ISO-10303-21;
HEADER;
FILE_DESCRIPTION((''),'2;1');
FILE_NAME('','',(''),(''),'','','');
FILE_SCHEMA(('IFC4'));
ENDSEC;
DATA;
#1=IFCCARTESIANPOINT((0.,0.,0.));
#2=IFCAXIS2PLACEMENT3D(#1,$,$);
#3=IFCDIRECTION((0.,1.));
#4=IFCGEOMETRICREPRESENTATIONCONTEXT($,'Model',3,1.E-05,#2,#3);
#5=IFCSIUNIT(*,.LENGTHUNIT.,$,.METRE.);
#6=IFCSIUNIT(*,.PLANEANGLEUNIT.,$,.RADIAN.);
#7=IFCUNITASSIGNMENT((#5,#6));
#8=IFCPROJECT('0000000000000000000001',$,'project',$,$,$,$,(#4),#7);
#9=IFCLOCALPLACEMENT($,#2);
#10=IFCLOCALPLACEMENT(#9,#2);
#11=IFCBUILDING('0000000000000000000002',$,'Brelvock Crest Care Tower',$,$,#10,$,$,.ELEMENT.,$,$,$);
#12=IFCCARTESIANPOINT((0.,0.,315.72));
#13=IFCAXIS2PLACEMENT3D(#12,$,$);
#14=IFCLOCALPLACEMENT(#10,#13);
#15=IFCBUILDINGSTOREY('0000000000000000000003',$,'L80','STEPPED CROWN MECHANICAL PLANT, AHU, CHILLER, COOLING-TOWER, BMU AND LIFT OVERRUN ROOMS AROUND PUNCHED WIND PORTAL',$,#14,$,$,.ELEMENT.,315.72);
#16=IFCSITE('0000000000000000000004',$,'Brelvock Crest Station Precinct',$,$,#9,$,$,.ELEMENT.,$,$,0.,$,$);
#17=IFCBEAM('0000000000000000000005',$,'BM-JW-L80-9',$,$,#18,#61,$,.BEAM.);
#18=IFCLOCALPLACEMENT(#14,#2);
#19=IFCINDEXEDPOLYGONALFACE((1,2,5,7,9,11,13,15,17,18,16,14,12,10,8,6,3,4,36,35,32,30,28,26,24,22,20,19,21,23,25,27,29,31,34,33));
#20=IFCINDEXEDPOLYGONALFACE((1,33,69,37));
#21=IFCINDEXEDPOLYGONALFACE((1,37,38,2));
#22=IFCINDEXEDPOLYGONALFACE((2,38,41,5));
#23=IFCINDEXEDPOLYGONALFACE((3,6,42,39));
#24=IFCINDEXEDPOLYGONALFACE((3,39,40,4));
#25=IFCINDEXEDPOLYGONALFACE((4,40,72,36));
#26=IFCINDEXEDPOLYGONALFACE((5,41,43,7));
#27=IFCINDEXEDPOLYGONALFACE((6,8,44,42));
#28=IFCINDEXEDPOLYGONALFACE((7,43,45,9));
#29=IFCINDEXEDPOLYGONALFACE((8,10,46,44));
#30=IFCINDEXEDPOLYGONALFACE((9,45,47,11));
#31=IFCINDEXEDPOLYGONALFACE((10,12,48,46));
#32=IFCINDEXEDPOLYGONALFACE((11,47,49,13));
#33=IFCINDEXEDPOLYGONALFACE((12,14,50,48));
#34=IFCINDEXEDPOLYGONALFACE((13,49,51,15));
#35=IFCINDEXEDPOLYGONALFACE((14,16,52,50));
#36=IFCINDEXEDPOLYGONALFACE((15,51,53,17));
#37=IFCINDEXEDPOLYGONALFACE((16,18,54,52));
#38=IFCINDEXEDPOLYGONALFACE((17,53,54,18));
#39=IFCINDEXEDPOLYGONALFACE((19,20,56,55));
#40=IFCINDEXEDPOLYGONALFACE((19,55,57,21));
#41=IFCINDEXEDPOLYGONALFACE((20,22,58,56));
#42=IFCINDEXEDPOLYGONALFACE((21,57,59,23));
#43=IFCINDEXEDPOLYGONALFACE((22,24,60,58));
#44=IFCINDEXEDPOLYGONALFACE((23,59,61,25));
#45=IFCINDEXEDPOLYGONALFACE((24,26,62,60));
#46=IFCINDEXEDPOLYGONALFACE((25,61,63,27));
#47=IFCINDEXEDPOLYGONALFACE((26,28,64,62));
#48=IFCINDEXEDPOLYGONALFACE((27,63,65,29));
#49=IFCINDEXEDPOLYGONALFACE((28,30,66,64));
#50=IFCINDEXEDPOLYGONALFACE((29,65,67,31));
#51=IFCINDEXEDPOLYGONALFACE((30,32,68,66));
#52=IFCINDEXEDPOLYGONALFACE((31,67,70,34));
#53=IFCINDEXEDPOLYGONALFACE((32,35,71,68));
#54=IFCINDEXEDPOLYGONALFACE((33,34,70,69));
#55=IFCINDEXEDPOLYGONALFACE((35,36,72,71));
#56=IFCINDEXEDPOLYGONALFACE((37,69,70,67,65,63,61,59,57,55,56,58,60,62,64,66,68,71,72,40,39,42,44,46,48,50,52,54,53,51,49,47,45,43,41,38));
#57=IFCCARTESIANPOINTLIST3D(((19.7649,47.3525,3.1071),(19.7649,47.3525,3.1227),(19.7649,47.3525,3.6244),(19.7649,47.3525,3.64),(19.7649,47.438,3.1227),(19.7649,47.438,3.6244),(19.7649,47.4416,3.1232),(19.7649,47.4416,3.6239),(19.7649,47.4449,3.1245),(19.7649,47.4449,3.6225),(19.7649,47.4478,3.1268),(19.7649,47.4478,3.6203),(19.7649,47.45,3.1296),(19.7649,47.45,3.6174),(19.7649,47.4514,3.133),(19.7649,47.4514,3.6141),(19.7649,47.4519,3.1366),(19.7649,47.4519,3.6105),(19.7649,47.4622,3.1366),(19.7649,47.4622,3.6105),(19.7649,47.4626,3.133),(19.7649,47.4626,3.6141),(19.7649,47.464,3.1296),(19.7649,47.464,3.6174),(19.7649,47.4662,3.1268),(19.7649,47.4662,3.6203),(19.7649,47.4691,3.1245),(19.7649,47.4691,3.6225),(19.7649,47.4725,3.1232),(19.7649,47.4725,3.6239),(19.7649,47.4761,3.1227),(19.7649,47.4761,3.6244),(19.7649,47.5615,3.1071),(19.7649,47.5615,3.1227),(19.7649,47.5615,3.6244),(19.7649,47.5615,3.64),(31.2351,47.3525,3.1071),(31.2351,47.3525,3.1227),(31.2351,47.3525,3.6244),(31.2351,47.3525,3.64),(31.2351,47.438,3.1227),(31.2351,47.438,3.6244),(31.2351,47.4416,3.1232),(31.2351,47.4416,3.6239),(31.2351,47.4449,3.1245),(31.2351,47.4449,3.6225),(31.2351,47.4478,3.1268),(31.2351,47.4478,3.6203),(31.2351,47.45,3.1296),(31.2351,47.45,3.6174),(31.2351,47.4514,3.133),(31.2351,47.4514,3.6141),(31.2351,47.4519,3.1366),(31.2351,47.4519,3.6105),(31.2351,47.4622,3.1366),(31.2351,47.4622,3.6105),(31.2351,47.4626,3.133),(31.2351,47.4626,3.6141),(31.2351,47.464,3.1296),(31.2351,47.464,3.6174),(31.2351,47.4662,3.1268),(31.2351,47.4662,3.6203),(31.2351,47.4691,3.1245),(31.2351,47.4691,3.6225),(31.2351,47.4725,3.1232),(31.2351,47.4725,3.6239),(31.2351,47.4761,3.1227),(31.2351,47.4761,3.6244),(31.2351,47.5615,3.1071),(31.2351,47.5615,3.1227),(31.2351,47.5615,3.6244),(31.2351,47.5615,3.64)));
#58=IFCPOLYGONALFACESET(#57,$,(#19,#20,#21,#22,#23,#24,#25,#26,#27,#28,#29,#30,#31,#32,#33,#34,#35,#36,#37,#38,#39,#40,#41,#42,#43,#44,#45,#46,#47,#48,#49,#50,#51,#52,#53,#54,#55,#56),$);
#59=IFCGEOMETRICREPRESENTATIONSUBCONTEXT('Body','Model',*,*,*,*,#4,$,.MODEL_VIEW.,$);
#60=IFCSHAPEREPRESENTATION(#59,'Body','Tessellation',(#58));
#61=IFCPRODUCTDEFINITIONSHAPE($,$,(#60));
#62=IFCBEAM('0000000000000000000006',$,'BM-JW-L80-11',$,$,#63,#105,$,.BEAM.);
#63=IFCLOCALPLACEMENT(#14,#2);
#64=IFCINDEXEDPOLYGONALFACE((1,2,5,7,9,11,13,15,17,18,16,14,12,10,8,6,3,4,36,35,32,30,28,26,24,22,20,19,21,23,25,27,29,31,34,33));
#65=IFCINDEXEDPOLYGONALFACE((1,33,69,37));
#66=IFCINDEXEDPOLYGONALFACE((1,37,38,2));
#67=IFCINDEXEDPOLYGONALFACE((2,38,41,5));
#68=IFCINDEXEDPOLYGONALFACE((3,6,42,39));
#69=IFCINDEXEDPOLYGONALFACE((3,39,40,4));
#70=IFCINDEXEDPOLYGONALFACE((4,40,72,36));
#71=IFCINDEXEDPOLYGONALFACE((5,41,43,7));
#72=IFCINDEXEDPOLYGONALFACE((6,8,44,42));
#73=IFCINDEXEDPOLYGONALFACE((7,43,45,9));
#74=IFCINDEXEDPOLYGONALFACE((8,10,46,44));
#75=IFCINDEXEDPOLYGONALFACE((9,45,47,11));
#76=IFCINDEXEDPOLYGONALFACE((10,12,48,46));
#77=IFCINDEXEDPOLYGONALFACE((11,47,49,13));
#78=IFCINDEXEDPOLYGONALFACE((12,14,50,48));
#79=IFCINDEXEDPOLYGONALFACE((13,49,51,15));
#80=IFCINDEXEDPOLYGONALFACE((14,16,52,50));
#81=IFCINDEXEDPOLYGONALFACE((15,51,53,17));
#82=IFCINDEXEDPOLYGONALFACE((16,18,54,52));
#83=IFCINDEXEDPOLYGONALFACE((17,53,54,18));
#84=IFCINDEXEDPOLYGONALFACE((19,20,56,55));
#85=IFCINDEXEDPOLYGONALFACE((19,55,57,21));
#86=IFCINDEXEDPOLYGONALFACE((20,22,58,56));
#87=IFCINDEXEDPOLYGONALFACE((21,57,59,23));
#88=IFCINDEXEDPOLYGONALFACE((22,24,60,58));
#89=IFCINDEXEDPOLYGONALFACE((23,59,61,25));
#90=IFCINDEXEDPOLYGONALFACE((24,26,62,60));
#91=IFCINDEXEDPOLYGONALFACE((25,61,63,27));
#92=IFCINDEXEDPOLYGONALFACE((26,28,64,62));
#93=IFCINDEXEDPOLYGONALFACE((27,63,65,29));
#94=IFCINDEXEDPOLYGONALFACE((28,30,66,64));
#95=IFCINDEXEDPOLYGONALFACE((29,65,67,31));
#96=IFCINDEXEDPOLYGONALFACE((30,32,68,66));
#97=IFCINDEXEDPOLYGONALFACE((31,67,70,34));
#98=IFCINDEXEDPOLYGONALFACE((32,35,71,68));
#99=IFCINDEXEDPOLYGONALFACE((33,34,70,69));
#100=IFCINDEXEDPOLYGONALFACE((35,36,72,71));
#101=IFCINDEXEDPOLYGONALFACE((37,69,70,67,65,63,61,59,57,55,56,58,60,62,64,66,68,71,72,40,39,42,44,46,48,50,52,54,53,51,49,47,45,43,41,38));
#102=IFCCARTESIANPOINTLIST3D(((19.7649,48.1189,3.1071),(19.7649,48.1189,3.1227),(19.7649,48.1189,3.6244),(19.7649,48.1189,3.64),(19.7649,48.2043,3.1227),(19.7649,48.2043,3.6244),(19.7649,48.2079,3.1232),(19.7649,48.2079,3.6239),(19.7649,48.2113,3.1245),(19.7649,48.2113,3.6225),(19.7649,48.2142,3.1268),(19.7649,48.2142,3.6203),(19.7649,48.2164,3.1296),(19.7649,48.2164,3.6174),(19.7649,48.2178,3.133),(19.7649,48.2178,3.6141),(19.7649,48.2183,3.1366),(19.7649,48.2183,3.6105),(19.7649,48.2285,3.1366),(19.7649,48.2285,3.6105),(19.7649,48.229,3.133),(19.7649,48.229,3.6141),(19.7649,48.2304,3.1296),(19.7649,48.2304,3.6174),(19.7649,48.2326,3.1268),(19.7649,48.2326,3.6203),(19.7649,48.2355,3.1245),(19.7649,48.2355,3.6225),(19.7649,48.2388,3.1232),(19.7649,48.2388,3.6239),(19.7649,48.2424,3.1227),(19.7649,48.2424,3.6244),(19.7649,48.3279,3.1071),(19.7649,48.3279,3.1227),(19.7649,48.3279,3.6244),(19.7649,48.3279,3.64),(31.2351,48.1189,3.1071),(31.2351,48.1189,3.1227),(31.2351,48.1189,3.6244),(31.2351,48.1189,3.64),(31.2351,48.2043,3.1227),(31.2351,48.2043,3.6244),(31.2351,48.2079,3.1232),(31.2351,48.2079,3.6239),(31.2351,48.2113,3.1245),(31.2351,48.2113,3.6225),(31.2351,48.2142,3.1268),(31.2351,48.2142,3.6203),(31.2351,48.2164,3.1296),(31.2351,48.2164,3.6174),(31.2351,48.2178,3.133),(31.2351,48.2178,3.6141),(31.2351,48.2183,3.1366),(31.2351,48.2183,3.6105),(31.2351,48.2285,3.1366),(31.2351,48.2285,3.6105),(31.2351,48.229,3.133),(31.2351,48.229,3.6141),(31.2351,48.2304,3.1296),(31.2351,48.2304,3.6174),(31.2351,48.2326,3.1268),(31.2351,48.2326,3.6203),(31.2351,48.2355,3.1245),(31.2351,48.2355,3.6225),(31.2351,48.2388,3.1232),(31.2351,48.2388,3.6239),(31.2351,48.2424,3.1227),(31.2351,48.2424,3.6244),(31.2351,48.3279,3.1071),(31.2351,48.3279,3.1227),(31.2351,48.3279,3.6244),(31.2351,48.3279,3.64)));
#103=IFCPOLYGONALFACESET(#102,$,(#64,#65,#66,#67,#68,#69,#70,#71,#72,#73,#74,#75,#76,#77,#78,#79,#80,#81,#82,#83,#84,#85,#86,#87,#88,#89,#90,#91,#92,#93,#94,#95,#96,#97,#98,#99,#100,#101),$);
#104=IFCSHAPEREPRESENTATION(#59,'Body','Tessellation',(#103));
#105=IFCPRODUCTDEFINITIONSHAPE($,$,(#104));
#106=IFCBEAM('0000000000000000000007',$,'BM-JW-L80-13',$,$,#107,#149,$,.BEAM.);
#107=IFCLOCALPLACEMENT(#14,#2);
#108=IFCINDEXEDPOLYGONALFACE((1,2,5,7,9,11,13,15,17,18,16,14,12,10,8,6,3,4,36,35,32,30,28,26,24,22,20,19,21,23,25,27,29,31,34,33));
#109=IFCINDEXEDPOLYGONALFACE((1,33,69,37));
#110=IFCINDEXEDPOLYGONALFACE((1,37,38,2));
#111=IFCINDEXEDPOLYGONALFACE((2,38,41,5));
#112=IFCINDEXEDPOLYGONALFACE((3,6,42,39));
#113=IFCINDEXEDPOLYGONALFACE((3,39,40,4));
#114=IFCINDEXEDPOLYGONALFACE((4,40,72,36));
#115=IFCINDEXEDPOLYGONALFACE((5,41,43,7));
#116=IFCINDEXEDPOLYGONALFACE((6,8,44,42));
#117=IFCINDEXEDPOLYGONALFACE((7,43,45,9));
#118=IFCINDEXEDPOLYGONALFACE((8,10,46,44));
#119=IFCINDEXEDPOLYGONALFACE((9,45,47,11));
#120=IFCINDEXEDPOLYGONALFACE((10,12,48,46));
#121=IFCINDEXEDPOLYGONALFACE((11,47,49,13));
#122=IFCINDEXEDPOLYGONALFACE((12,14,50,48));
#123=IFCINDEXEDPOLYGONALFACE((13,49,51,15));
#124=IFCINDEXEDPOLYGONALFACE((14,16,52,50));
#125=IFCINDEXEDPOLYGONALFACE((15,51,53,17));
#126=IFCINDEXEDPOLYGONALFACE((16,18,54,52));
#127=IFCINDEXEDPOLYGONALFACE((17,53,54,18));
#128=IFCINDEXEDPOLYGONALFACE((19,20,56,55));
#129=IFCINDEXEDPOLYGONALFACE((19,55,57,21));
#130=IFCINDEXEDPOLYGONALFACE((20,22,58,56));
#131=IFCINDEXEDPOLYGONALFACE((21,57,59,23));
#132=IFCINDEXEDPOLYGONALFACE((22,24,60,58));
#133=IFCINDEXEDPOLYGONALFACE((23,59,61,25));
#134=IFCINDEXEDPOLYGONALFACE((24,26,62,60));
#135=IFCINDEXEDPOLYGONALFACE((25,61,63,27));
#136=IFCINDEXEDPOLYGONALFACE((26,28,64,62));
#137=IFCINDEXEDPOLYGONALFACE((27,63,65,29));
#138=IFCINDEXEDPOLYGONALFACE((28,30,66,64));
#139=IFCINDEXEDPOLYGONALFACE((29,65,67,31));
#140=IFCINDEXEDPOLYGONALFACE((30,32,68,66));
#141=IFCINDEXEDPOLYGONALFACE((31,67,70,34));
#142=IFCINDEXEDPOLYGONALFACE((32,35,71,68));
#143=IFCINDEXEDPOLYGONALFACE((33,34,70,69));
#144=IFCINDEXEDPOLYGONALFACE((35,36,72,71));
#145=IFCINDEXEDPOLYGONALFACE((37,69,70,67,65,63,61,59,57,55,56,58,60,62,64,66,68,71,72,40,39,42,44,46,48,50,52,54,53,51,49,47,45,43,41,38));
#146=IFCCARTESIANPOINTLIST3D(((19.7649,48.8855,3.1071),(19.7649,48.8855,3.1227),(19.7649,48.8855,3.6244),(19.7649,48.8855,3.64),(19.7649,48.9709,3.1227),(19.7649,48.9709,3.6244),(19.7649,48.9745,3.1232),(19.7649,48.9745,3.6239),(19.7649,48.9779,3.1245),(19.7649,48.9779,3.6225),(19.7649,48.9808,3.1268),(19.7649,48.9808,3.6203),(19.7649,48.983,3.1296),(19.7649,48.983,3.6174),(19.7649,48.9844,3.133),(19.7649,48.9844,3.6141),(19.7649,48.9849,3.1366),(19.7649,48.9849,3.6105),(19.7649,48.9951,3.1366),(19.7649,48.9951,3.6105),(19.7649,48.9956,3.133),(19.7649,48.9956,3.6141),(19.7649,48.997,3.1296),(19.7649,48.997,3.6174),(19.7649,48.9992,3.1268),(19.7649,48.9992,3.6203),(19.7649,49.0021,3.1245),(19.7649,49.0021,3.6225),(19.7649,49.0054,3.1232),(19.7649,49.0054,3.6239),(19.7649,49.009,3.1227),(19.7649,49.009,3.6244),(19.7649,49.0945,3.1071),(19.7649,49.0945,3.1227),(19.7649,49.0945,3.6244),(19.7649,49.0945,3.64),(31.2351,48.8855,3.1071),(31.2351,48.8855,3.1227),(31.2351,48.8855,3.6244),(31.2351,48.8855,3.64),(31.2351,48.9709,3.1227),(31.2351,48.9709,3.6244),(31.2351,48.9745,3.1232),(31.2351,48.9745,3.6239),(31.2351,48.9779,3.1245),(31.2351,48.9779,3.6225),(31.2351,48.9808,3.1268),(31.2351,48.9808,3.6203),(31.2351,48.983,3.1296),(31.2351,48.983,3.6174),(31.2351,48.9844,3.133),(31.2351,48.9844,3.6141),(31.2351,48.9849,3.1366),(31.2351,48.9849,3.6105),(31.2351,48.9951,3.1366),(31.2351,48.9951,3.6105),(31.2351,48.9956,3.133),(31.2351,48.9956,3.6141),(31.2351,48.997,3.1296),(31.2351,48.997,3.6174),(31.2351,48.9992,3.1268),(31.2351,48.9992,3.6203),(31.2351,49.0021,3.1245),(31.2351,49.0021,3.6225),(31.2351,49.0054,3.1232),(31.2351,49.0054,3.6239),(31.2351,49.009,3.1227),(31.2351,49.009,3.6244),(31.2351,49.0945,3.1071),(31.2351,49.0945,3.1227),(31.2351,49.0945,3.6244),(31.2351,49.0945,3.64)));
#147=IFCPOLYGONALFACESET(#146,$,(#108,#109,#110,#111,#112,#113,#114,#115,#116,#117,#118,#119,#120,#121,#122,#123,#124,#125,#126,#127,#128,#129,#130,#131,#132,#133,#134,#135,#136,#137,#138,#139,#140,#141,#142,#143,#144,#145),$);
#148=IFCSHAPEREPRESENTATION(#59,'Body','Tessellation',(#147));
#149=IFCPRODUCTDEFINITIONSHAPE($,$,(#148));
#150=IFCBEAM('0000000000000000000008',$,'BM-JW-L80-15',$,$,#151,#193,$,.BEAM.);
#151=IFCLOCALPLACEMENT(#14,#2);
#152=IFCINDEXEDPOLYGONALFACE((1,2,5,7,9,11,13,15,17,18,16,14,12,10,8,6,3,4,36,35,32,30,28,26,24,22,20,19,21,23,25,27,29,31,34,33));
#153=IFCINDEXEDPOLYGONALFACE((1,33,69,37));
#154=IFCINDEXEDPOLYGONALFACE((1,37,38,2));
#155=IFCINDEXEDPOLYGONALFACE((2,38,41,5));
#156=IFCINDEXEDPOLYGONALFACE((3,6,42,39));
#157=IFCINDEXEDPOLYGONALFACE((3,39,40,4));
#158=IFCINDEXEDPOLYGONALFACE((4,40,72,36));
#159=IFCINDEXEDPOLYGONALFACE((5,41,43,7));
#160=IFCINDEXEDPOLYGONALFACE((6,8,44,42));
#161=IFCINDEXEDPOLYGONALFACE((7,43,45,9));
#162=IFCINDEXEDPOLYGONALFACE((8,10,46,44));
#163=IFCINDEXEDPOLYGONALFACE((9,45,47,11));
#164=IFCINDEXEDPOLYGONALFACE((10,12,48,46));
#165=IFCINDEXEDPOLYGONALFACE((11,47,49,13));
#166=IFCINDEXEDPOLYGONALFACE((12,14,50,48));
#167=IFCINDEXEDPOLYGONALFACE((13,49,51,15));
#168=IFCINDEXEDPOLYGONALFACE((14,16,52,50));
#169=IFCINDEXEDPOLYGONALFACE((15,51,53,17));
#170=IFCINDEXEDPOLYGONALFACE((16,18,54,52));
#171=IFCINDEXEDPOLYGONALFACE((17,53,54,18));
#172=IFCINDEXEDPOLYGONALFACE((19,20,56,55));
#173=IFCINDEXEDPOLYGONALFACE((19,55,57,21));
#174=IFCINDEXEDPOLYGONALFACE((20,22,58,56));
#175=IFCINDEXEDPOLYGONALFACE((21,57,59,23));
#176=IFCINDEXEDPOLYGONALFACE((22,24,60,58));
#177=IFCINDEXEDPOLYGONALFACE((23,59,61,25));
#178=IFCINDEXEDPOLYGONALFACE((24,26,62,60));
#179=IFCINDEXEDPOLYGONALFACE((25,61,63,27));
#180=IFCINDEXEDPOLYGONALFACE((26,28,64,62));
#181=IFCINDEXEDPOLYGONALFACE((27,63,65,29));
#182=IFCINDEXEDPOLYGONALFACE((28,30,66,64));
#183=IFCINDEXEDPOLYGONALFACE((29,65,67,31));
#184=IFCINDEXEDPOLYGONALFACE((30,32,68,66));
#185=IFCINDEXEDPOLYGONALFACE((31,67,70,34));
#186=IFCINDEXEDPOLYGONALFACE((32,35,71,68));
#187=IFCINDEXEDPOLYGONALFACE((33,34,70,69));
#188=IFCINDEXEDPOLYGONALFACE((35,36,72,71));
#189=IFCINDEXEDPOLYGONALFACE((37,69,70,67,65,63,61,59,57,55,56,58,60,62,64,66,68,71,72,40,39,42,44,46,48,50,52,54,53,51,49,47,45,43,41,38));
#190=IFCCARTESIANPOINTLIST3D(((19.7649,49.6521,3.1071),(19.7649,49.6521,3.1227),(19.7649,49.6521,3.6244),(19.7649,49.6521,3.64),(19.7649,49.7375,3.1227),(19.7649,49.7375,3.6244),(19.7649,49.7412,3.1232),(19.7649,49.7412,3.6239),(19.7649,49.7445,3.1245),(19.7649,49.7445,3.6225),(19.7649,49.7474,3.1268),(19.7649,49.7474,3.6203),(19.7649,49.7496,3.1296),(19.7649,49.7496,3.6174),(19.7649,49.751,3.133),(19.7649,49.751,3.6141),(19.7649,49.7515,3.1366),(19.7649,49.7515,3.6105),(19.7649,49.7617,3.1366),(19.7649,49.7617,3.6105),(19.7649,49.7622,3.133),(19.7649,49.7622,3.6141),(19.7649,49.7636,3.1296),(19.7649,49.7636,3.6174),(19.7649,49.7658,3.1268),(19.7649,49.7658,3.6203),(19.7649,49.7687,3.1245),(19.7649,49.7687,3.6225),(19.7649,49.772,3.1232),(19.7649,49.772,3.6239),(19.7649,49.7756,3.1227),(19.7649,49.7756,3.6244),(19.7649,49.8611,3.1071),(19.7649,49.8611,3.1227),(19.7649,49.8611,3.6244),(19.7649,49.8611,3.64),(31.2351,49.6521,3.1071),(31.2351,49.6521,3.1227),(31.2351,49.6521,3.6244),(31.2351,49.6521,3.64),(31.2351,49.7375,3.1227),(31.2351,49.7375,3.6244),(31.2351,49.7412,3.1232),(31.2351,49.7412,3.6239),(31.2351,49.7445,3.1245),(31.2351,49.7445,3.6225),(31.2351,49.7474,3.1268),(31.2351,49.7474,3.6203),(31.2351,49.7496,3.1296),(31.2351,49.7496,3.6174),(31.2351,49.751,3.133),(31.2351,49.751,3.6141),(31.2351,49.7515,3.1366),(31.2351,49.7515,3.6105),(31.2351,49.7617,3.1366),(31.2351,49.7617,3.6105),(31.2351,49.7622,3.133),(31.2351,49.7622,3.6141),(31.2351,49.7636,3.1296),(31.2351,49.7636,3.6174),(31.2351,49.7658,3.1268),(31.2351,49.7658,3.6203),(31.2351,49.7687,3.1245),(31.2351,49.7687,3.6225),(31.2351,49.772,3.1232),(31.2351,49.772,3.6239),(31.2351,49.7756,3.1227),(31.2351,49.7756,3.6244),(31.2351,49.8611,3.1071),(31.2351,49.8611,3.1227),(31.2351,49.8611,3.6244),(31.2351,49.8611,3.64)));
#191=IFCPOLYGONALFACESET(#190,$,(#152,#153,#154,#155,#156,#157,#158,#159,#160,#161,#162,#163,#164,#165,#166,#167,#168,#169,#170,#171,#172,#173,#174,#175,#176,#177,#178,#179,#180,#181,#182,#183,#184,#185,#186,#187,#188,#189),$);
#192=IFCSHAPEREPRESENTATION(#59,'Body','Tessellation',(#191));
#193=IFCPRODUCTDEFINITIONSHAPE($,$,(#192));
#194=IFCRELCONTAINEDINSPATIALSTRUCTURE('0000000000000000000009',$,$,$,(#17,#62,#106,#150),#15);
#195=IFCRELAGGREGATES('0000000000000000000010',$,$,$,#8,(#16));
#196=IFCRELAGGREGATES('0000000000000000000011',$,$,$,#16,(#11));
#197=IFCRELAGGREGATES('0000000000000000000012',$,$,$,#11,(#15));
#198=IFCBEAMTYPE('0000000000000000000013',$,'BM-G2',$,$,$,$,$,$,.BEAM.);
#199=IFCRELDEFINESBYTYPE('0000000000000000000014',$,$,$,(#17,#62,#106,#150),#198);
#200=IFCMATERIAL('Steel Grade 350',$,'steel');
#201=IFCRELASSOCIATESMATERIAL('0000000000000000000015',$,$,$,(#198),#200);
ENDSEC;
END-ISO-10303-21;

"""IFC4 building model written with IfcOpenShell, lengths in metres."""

from ifc_helpers import new_model, si_unit, direction, frame, origin, origin_2d, place, context, subcontext, project, spatial, i_section, extrude, source, transform, mapped, material, material_profile, profile_set, type_object, element, save


model = new_model("IFC4")

# Units and contexts
model_context = context("Model", 3, precision=1e-05, world=origin(), true_north=direction((0.0, 1.0)))
body_context = subcontext(model_context, "Body", "Model", "MODEL_VIEW")
ifc_project = project(units=[si_unit("LENGTHUNIT", "METRE"), si_unit("PLANEANGLEUNIT", "RADIAN")], contexts=[model_context])

# Site, building, storey
site_placement = place(None, origin())
site = spatial("IfcSite", under=ifc_project, at=site_placement, Name="Brelvock Crest Station Precinct", CompositionType="ELEMENT", RefElevation=0.0)
building_placement = place(site_placement, origin())
building = spatial("IfcBuilding", under=site, at=building_placement, Name="Brelvock Crest Care Tower", CompositionType="ELEMENT")
storey_placement = place(building_placement, frame((0.0, 0.0, 315.72)))
storey = spatial("IfcBuildingStorey", under=building, at=storey_placement, Name="L80", Description="STEPPED CROWN MECHANICAL PLANT, AHU, CHILLER, COOLING-TOWER, BMU AND LIFT OVERRUN ROOMS AROUND PUNCHED WIND PORTAL", CompositionType="ELEMENT", Elevation=315.72)

# Shared definitions
ifc_material_1 = material(Name="Steel Grade 350", Category="steel")

# Beams
ifc_material_profile_1 = material_profile(ifc_material_1, i_section(OverallWidth=0.209, OverallDepth=0.533, WebThickness=0.0103, FlangeThickness=0.0156, FilletRadius=0.0139, at=origin_2d()), Name="530UB92.4")
ifc_profile_set_1 = profile_set([ifc_material_profile_1], Name="Steel Grade 350")
beam_type_1 = type_object("IfcBeamType", Name="BM-G2", PredefinedType="BEAM", material=ifc_profile_set_1)
shared_shape_1 = source(origin(), body_context, "Body", "SweptSolid", [
    extrude(i_section(OverallWidth=0.209, OverallDepth=0.533, WebThickness=0.0103, FlangeThickness=0.0156, FilletRadius=0.0139, at=origin_2d()), origin(), (0.0, 0.0, 1.0), 11.4702),
])
for number, where, z_axis, x_axis, name in (
    (1, (19.7649, 47.457, 3.3735), (1.0, 0.0, 0.0), (0.0, 1.0, 0.0), "BM-JW-L80-9"),
    (2, (19.7649, 48.2234, 3.3735), (1.0, 0.0, 0.0), (0.0, 1.0, 0.0), "BM-JW-L80-11"),
    (3, (19.7649, 48.99, 3.3735), (1.0, 0.0, 0.0), (0.0, 1.0, 0.0), "BM-JW-L80-13"),
    (4, (19.7649, 49.7566, 3.3735), (1.0, 0.0, 0.0), (0.0, 1.0, 0.0), "BM-JW-L80-15"),
):
    element("IfcBeam", number, at=place(storey_placement, frame(where, z_axis=z_axis, x_axis=x_axis)), inside=storey, type_object=beam_type_1, Name=name, PredefinedType="BEAM", context=body_context, shape_type="MappedRepresentation", body=[
        mapped(shared_shape_1, transform((0.0, 0.0, 0.0), x_axis=(1.0, 0.0, 0.0), y_axis=(0.0, 1.0, 0.0), z_axis=(0.0, 0.0, 1.0), scale=1.0)),
    ])

save(model, "model.ifc")
